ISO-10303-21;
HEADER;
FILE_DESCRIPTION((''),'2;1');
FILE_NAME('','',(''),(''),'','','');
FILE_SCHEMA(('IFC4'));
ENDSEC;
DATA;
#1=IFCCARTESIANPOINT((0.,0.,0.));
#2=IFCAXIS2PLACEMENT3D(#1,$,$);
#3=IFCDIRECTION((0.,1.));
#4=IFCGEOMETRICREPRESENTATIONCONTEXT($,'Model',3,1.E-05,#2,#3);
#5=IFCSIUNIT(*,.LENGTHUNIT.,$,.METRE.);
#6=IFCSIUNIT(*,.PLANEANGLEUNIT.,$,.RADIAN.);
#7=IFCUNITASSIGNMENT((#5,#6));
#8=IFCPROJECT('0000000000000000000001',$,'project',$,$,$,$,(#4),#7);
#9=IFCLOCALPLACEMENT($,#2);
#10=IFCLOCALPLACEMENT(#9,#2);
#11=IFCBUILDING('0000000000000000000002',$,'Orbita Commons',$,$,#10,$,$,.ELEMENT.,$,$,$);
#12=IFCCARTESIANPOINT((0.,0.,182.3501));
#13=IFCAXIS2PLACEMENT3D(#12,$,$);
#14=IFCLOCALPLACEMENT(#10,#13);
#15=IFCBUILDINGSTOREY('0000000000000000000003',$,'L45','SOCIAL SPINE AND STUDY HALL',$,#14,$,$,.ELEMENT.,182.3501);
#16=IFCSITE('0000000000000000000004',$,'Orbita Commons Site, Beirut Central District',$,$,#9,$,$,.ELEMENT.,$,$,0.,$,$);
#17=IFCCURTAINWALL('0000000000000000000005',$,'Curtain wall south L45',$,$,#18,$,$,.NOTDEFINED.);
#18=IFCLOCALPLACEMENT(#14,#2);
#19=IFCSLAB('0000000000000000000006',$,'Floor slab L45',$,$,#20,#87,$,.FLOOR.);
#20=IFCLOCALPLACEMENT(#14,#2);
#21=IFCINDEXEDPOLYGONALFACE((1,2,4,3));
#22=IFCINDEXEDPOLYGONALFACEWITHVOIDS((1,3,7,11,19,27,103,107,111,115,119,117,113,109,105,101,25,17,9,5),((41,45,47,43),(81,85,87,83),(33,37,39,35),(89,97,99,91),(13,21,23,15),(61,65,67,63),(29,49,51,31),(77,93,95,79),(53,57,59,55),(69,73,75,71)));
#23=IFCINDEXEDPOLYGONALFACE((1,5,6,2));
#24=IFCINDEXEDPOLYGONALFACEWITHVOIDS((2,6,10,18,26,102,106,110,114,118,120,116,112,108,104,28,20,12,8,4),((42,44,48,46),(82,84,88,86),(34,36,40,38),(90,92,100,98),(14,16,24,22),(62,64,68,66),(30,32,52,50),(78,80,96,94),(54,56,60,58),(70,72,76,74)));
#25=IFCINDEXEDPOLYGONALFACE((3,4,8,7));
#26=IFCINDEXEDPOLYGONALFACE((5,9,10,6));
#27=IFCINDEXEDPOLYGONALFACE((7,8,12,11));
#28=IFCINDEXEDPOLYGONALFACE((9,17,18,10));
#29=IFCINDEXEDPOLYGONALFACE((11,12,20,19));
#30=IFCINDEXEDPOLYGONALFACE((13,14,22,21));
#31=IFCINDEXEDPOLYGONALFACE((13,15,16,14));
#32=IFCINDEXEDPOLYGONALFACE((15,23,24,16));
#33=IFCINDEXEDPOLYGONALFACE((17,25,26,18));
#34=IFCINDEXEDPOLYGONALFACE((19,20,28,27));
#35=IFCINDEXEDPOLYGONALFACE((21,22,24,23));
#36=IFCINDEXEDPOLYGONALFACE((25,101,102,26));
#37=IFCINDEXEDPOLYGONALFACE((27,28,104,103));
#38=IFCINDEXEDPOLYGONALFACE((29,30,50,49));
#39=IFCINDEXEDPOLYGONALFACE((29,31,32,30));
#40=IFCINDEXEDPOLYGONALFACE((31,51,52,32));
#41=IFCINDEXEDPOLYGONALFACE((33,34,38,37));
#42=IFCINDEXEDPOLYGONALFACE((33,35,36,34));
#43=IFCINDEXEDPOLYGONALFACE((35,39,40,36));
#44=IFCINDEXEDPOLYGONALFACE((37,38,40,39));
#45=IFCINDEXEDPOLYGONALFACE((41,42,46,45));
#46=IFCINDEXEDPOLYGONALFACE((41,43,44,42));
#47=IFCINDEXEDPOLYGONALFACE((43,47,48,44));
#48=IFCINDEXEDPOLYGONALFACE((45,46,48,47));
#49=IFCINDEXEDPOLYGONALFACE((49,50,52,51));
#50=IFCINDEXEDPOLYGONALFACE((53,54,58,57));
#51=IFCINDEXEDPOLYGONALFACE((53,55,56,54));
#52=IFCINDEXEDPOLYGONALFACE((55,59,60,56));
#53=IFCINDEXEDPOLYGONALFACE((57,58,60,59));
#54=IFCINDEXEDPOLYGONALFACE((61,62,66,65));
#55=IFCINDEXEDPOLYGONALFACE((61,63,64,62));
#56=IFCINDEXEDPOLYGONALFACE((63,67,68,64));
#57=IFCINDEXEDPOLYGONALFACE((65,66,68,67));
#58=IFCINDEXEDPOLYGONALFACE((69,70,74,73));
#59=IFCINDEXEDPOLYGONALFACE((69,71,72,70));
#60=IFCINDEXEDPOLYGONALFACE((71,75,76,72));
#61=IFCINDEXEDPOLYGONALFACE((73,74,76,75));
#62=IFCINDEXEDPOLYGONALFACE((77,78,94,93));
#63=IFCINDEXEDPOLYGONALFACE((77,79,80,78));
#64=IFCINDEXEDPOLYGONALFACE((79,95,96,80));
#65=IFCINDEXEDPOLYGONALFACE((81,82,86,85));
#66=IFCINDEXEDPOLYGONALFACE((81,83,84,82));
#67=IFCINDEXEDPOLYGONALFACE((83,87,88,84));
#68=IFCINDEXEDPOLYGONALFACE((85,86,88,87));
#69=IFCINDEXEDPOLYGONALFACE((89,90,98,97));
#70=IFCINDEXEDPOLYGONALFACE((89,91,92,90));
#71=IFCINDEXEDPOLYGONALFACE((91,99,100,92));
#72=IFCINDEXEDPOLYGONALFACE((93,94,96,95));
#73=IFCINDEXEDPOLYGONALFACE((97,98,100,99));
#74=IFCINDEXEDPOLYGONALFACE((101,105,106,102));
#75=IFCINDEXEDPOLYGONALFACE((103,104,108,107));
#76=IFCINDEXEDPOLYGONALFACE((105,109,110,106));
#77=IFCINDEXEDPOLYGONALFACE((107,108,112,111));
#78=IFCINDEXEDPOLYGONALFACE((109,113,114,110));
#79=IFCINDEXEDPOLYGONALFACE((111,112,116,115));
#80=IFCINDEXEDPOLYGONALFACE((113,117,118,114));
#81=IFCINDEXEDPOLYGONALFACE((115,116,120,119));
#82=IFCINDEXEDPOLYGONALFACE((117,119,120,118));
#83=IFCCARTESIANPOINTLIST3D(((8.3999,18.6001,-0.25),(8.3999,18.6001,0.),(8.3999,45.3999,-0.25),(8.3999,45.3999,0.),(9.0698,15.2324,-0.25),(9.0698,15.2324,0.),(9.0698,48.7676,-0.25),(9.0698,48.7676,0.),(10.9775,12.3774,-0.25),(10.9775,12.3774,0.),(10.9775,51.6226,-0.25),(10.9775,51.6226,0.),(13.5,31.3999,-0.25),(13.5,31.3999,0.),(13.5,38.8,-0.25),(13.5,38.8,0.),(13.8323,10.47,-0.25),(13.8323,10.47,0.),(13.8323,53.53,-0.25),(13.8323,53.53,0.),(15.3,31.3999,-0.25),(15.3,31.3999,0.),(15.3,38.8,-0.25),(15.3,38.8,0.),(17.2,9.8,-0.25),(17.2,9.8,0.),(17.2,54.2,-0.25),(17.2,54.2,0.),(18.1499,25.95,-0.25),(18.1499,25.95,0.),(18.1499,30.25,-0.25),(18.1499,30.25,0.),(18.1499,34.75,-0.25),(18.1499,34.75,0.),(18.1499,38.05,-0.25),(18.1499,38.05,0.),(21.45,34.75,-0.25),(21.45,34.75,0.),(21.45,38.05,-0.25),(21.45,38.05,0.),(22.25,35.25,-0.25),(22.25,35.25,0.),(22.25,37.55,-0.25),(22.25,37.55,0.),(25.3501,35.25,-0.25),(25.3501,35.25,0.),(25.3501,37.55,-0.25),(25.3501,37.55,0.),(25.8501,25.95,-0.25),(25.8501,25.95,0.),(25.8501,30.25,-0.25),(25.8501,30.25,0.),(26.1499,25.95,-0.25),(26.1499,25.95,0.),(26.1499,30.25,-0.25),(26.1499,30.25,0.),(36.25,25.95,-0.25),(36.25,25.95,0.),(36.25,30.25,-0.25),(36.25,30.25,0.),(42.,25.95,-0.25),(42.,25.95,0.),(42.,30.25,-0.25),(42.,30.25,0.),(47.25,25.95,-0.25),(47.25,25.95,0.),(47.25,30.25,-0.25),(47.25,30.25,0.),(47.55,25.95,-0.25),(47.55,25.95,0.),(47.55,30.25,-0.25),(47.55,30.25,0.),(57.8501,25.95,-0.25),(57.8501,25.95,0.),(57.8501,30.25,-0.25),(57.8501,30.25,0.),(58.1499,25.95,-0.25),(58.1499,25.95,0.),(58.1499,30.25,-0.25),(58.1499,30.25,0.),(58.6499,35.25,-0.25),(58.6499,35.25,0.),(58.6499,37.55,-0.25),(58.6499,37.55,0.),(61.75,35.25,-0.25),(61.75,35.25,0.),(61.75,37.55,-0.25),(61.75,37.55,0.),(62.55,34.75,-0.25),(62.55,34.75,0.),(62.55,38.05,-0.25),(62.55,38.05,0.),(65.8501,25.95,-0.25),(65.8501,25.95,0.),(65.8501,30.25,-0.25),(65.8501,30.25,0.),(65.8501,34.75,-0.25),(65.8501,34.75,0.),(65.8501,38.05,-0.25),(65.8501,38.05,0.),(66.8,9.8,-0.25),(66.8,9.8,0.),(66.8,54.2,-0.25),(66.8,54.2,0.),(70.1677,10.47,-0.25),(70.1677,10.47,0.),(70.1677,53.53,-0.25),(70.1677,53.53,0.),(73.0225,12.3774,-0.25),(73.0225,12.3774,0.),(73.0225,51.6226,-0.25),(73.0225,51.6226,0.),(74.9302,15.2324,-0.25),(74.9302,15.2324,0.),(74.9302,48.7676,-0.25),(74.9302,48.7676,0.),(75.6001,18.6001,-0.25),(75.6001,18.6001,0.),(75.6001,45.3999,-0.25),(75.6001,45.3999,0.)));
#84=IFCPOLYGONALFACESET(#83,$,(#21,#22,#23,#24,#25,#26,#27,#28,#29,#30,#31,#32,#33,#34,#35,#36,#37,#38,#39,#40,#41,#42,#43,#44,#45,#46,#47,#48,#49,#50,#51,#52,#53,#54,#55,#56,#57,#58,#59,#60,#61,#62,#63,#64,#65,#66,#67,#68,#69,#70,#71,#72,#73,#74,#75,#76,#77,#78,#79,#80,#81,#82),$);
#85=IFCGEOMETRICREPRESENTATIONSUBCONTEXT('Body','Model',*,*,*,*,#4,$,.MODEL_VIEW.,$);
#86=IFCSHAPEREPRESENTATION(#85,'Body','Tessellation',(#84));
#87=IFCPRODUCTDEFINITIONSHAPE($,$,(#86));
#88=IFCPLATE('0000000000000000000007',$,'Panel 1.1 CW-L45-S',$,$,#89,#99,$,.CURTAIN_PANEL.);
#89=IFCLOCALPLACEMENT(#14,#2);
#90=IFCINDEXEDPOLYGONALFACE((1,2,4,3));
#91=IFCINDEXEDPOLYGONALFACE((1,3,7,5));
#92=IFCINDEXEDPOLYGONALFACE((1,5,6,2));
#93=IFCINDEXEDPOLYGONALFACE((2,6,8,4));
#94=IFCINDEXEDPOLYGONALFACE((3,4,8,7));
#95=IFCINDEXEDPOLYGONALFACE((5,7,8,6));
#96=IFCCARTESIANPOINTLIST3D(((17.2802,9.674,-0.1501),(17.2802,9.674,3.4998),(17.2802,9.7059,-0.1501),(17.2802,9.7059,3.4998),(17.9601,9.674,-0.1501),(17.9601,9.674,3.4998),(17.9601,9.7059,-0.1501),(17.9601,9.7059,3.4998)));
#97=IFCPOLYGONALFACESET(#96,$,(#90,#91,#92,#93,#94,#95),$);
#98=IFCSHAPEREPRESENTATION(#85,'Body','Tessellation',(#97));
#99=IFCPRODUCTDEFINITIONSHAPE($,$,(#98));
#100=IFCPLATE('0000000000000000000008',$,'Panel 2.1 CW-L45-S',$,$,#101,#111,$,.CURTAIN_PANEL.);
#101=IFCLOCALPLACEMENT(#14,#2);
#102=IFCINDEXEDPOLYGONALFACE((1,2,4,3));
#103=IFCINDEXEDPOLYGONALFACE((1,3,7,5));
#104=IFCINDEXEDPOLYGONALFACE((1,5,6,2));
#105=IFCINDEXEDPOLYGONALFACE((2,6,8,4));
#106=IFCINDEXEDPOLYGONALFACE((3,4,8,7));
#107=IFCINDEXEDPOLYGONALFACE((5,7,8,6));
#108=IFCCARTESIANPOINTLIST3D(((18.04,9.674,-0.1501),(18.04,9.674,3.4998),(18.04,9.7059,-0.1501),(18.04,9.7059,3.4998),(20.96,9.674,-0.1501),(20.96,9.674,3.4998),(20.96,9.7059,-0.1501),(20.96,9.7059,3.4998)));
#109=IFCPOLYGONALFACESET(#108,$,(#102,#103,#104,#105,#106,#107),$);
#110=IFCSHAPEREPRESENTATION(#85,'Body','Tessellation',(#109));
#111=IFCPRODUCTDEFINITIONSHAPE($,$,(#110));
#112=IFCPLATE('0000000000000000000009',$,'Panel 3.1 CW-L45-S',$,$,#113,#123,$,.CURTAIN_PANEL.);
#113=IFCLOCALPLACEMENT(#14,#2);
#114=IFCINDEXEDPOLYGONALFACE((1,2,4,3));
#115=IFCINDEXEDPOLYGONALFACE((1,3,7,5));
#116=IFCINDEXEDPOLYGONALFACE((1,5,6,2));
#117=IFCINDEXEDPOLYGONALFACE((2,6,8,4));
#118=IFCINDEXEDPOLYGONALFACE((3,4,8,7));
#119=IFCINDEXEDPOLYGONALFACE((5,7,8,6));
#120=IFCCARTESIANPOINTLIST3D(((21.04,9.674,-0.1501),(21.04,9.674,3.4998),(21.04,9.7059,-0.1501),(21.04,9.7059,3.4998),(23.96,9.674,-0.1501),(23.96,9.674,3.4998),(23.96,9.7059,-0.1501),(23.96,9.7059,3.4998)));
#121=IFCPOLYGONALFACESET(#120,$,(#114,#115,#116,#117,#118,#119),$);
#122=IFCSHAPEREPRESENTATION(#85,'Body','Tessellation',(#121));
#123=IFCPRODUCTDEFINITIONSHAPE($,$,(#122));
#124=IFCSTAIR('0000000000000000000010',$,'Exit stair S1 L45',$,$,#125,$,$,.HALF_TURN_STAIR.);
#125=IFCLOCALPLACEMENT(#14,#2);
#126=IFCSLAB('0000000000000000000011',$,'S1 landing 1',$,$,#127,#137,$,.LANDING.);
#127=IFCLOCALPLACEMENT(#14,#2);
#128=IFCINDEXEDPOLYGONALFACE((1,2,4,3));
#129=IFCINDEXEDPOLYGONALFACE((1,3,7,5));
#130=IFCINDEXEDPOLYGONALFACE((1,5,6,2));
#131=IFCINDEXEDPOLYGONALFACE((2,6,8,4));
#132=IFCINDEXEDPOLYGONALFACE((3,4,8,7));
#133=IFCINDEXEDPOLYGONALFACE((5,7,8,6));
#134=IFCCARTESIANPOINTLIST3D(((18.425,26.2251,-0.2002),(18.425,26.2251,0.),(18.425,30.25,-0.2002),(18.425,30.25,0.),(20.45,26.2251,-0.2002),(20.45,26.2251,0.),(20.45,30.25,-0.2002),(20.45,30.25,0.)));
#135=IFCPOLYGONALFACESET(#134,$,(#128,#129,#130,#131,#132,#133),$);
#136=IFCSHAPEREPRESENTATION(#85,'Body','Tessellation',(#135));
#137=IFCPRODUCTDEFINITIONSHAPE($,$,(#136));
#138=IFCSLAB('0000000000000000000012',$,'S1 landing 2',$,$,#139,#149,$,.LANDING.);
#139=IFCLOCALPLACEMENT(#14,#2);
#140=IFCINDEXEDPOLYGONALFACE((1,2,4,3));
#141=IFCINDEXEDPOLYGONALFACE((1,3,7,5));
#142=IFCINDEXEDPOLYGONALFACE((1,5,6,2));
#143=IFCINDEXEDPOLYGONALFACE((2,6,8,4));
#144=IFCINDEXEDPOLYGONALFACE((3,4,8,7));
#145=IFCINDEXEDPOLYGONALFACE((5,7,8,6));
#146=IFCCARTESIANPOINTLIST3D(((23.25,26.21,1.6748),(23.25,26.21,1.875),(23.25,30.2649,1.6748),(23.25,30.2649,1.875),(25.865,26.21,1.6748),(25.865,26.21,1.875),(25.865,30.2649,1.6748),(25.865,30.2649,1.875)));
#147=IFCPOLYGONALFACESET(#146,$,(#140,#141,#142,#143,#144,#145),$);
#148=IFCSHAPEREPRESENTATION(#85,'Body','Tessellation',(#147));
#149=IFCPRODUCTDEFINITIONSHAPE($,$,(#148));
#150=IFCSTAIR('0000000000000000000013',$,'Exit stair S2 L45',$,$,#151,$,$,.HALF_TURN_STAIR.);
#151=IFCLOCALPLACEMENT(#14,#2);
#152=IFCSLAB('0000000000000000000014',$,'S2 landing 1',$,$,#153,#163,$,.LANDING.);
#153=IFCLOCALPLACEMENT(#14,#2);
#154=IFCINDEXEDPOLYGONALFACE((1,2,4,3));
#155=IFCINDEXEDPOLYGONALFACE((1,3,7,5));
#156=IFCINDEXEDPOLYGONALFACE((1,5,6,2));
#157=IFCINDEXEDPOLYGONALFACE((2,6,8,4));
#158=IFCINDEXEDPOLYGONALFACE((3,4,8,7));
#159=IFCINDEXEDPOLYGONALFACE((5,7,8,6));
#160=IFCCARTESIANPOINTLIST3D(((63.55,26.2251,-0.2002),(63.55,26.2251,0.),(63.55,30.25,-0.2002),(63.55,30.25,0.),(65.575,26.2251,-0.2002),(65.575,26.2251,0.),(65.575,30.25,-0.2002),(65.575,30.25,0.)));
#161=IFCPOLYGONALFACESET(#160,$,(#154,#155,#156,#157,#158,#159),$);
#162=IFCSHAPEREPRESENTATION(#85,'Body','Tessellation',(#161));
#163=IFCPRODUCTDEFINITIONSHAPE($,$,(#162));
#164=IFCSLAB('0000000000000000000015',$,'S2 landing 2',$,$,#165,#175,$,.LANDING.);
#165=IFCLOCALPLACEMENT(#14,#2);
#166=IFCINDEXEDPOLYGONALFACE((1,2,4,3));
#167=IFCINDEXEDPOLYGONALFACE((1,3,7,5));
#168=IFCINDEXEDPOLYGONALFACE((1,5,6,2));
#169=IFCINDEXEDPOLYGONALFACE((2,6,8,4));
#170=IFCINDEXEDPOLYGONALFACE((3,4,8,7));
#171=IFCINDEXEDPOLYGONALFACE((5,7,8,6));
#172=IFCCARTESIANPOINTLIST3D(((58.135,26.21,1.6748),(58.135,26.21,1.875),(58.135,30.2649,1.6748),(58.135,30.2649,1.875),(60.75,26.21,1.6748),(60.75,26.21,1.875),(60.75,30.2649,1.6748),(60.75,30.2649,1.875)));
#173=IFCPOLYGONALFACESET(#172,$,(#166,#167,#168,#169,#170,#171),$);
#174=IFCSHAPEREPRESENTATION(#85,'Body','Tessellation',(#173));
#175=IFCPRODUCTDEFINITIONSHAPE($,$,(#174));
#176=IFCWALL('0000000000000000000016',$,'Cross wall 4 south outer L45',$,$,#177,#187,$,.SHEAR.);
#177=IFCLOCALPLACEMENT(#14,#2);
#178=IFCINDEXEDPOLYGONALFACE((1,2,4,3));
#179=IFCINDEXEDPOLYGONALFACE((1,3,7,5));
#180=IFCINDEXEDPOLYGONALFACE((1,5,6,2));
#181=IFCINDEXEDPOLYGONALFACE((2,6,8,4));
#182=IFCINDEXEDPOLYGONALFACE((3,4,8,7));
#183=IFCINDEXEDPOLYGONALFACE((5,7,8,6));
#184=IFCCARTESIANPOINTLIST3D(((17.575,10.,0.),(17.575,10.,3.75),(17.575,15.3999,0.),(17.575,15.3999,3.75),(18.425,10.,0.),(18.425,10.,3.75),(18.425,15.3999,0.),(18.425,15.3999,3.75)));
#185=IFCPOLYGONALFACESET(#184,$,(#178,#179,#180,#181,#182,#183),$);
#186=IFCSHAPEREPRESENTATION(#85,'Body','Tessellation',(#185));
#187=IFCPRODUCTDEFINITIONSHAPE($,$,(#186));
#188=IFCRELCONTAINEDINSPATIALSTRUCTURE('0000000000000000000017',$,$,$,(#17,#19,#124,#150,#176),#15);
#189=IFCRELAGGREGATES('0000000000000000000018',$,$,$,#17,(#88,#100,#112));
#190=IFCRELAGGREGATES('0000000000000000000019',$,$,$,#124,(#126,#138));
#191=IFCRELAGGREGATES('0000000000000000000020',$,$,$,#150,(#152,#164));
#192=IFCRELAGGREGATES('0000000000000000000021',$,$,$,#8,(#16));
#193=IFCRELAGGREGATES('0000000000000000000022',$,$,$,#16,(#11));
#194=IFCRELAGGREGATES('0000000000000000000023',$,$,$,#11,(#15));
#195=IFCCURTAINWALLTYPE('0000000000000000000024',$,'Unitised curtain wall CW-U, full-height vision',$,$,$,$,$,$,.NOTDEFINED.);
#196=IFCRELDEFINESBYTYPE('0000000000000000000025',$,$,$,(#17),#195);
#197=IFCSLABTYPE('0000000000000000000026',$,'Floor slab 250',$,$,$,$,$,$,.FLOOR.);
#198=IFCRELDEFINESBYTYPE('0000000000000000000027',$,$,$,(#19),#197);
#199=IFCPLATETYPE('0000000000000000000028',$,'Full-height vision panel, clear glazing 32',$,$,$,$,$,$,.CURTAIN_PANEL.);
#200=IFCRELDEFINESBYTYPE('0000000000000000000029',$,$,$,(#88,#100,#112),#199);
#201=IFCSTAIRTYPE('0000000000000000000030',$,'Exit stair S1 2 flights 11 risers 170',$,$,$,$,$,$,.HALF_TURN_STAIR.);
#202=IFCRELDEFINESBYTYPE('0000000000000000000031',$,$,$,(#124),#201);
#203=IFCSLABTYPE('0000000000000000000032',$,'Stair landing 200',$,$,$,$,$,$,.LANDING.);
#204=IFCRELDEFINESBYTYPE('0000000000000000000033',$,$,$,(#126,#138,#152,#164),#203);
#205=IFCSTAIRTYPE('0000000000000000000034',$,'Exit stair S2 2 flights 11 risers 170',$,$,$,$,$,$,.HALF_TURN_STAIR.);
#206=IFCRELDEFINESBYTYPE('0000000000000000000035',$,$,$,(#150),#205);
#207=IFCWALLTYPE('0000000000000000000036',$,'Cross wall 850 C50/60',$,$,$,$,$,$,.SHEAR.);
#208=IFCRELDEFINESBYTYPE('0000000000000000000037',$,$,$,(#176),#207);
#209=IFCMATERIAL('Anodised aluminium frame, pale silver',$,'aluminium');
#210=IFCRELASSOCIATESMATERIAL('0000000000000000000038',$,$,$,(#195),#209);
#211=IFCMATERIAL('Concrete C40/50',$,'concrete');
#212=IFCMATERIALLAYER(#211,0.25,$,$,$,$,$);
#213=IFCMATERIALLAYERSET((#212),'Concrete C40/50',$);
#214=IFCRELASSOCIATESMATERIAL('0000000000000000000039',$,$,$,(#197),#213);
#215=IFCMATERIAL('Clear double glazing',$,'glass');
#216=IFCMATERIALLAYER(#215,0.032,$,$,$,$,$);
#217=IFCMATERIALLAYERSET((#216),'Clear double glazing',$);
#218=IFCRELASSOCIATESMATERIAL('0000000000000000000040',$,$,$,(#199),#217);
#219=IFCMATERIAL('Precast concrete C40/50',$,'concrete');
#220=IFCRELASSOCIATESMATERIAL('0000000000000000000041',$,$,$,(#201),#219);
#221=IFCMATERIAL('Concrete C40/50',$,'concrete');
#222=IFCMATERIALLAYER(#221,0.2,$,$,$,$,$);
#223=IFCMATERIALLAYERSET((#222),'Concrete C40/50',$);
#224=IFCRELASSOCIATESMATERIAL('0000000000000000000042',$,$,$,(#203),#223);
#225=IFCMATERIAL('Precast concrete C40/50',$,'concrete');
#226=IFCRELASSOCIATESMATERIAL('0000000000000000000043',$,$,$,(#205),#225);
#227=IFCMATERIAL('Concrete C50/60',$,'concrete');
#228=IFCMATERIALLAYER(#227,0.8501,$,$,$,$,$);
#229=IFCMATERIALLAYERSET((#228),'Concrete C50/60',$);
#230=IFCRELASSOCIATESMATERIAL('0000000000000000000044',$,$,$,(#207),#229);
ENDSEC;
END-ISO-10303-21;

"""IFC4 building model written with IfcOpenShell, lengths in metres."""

from ifc_helpers import new_model, si_unit, direction, frame, frame_2d, origin, origin_2d, place, context, subcontext, project, spatial, polyline, rectangle, outline, extrude, material, layer, layer_set, type_object, element, aggregate, save


model = new_model("IFC4")

# Units and contexts
model_context = context("Model", 3, precision=1e-05, world=origin(), true_north=direction((0.0, 1.0)))
body_context = subcontext(model_context, "Body", "Model", "MODEL_VIEW")
ifc_project = project(units=[si_unit("LENGTHUNIT", "METRE"), si_unit("PLANEANGLEUNIT", "RADIAN")], contexts=[model_context])

# Site, building, storey
site_placement = place(None, origin())
site = spatial("IfcSite", under=ifc_project, at=site_placement, Name="Orbita Commons Site, Beirut Central District", CompositionType="ELEMENT", RefElevation=0.0)
building_placement = place(site_placement, origin())
building = spatial("IfcBuilding", under=site, at=building_placement, Name="Orbita Commons", CompositionType="ELEMENT")
storey_placement = place(building_placement, frame((0.0, 0.0, 182.3501)))
storey = spatial("IfcBuildingStorey", under=building, at=storey_placement, Name="L45", Description="SOCIAL SPINE AND STUDY HALL", CompositionType="ELEMENT", Elevation=182.3501)

# Curtain wall
ifc_material_1 = material(Name="Anodised aluminium frame, pale silver", Category="aluminium")
curtain_wall_type = type_object("IfcCurtainWallType", Name="Unitised curtain wall CW-U, full-height vision", PredefinedType="NOTDEFINED", material=ifc_material_1)
curtain_wall_placement = place(storey_placement, origin())
curtain_wall = element("IfcCurtainWall", 1, at=curtain_wall_placement, inside=storey, type_object=curtain_wall_type, Name="Curtain wall south L45", PredefinedType="NOTDEFINED")

# Slab
ifc_material_2 = material(Name="Concrete C40/50", Category="concrete")
ifc_layer_1 = layer(ifc_material_2, 0.25)
ifc_layer_set_1 = layer_set([ifc_layer_1], Name="Concrete C40/50")
slab_type_1 = type_object("IfcSlabType", Name="Floor slab 250", PredefinedType="FLOOR", material=ifc_layer_set_1)
slab_1_placement = place(storey_placement, frame((0.0, 0.0, -0.25)))
element("IfcSlab", 2, at=slab_1_placement, inside=storey, type_object=slab_type_1, Name="Floor slab L45", PredefinedType="FLOOR", context=body_context, shape_type="SweptSolid", body=[
    extrude(outline(polyline([(66.8, 9.8), (70.1677, 10.47), (73.0225, 12.3774), (74.9302, 15.2324), (75.6001, 18.6001), (75.6001, 45.3999), (74.9302, 48.7676), (73.0225, 51.6226), (70.1677, 53.53), (66.8, 54.2), (17.2, 54.2), (13.8323, 53.53), (10.9775, 51.6226), (9.0698, 48.7676), (8.3999, 45.3999), (8.3999, 18.6001), (9.0698, 15.2324), (10.9775, 12.3774), (13.8323, 10.47), (17.2, 9.8), (66.8, 9.8)]), holes=[polyline([(18.1499, 25.95), (25.8501, 25.95), (25.8501, 30.25), (18.1499, 30.25), (18.1499, 25.95)]), polyline([(58.1499, 25.95), (65.8501, 25.95), (65.8501, 30.25), (58.1499, 30.25), (58.1499, 25.95)]), polyline([(18.1499, 34.75), (21.45, 34.75), (21.45, 38.05), (18.1499, 38.05), (18.1499, 34.75)]), polyline([(62.55, 34.75), (65.8501, 34.75), (65.8501, 38.05), (62.55, 38.05), (62.55, 34.75)]), polyline([(22.25, 35.25), (25.3501, 35.25), (25.3501, 37.55), (22.25, 37.55), (22.25, 35.25)]), polyline([(58.6499, 35.25), (61.75, 35.25), (61.75, 37.55), (58.6499, 37.55), (58.6499, 35.25)]), polyline([(26.1499, 25.95), (36.25, 25.95), (36.25, 30.25), (26.1499, 30.25), (26.1499, 25.95)]), polyline([(42.0, 25.95), (47.25, 25.95), (47.25, 30.25), (42.0, 30.25), (42.0, 25.95)]), polyline([(47.55, 25.95), (57.8501, 25.95), (57.8501, 30.25), (47.55, 30.25), (47.55, 25.95)]), polyline([(13.5, 31.3999), (15.3, 31.3999), (15.3, 38.8), (13.5, 38.8), (13.5, 31.3999)])]), origin(), (0.0, 0.0, 1.0), 0.25),
])

# Plates
ifc_material_3 = material(Name="Clear double glazing", Category="glass")
ifc_layer_2 = layer(ifc_material_3, 0.032)
ifc_layer_set_2 = layer_set([ifc_layer_2], Name="Clear double glazing")
plate_type = type_object("IfcPlateType", Name="Full-height vision panel, clear glazing 32", PredefinedType="CURTAIN_PANEL", material=ifc_layer_set_2)
plate_1_placement = place(storey_placement, frame((17.6201, 9.6899, -0.1501), z_axis=(0.0, 0.0, 1.0), x_axis=(1.0, 0.0, 0.0)))
plate_1 = element("IfcPlate", 3, at=plate_1_placement, type_object=plate_type, Name="Panel 1.1 CW-L45-S", PredefinedType="CURTAIN_PANEL", context=body_context, shape_type="SweptSolid", body=[
    extrude(rectangle(XDim=0.6799, YDim=0.032, at=origin_2d()), origin(), (0.0, 0.0, 1.0), 3.6499),
])
plate_2_placement = place(storey_placement, frame((19.5, 9.6899, -0.1501), z_axis=(0.0, 0.0, 1.0), x_axis=(1.0, 0.0, 0.0)))
plate_2 = element("IfcPlate", 4, at=plate_2_placement, type_object=plate_type, Name="Panel 2.1 CW-L45-S", PredefinedType="CURTAIN_PANEL", context=body_context, shape_type="SweptSolid", body=[
    extrude(rectangle(XDim=2.9199, YDim=0.032, at=origin_2d()), origin(), (0.0, 0.0, 1.0), 3.6499),
])
plate_3_placement = place(storey_placement, frame((22.5, 9.6899, -0.1501), z_axis=(0.0, 0.0, 1.0), x_axis=(1.0, 0.0, 0.0)))
plate_3 = element("IfcPlate", 5, at=plate_3_placement, type_object=plate_type, Name="Panel 3.1 CW-L45-S", PredefinedType="CURTAIN_PANEL", context=body_context, shape_type="SweptSolid", body=[
    extrude(rectangle(XDim=2.9199, YDim=0.032, at=origin_2d()), origin(), (0.0, 0.0, 1.0), 3.6499),
])
aggregate(curtain_wall, [plate_1, plate_2, plate_3])

# Stairs, slabs
ifc_material_4 = material(Name="Precast concrete C40/50", Category="concrete")
stair_type_1 = type_object("IfcStairType", Name="Exit stair S1 2 flights 11 risers 170", PredefinedType="HALF_TURN_STAIR", material=ifc_material_4)
stair_1_placement = place(storey_placement, origin())
stair_1 = element("IfcStair", 6, at=stair_1_placement, inside=storey, type_object=stair_type_1, Name="Exit stair S1 L45", PredefinedType="HALF_TURN_STAIR")
ifc_material_5 = material(Name="Concrete C40/50", Category="concrete")
ifc_layer_3 = layer(ifc_material_5, 0.2)
ifc_layer_set_3 = layer_set([ifc_layer_3], Name="Concrete C40/50")
slab_type_2 = type_object("IfcSlabType", Name="Stair landing 200", PredefinedType="LANDING", material=ifc_layer_set_3)
slab_2_placement = place(storey_placement, frame((0.0, 0.0, -0.2002)))
slab_2 = element("IfcSlab", 7, at=slab_2_placement, type_object=slab_type_2, Name="S1 landing 1", PredefinedType="LANDING", context=body_context, shape_type="SweptSolid", body=[
    extrude(outline(polyline([(18.425, 26.2251), (20.45, 26.2251), (20.45, 30.25), (18.425, 30.25), (18.425, 26.2251)])), origin(), (0.0, 0.0, 1.0), 0.2002),
])
slab_3_placement = place(storey_placement, frame((0.0, 0.0, 1.6748)))
slab_3 = element("IfcSlab", 8, at=slab_3_placement, type_object=slab_type_2, Name="S1 landing 2", PredefinedType="LANDING", context=body_context, shape_type="SweptSolid", body=[
    extrude(outline(polyline([(23.25, 26.21), (25.865, 26.21), (25.865, 30.2649), (23.25, 30.2649), (23.25, 26.21)])), origin(), (0.0, 0.0, 1.0), 0.2002),
])
aggregate(stair_1, [slab_2, slab_3])
ifc_material_6 = material(Name="Precast concrete C40/50", Category="concrete")
stair_type_2 = type_object("IfcStairType", Name="Exit stair S2 2 flights 11 risers 170", PredefinedType="HALF_TURN_STAIR", material=ifc_material_6)
stair_2_placement = place(storey_placement, origin())
stair_2 = element("IfcStair", 9, at=stair_2_placement, inside=storey, type_object=stair_type_2, Name="Exit stair S2 L45", PredefinedType="HALF_TURN_STAIR")
slab_4_placement = place(storey_placement, frame((0.0, 0.0, -0.2002)))
slab_4 = element("IfcSlab", 10, at=slab_4_placement, type_object=slab_type_2, Name="S2 landing 1", PredefinedType="LANDING", context=body_context, shape_type="SweptSolid", body=[
    extrude(outline(polyline([(63.55, 26.2251), (65.575, 26.2251), (65.575, 30.25), (63.55, 30.25), (63.55, 26.2251)])), origin(), (0.0, 0.0, 1.0), 0.2002),
])
slab_5_placement = place(storey_placement, frame((0.0, 0.0, 1.6748)))
slab_5 = element("IfcSlab", 11, at=slab_5_placement, type_object=slab_type_2, Name="S2 landing 2", PredefinedType="LANDING", context=body_context, shape_type="SweptSolid", body=[
    extrude(outline(polyline([(58.135, 26.21), (60.75, 26.21), (60.75, 30.2649), (58.135, 30.2649), (58.135, 26.21)])), origin(), (0.0, 0.0, 1.0), 0.2002),
])
aggregate(stair_2, [slab_4, slab_5])

# Wall
ifc_material_7 = material(Name="Concrete C50/60", Category="concrete")
ifc_layer_4 = layer(ifc_material_7, 0.8501)
ifc_layer_set_4 = layer_set([ifc_layer_4], Name="Concrete C50/60")
wall_type_1 = type_object("IfcWallType", Name="Cross wall 850 C50/60", PredefinedType="SHEAR", material=ifc_layer_set_4)
for number, where, z_axis, x_axis, name in (
    (12, (18.0, 10.0, 0.0), (0.0, 0.0, 1.0), (0.0, 1.0, 0.0), "Cross wall 4 south outer L45"),
):
    element("IfcWall", number, at=place(storey_placement, frame(where, z_axis=z_axis, x_axis=x_axis)), inside=storey, type_object=wall_type_1, Name=name, PredefinedType="SHEAR", context=body_context, shape_type="SweptSolid", body=[
        extrude(rectangle(XDim=5.3999, YDim=0.8501, at=frame_2d((2.7, 0.0))), origin(), (0.0, 0.0, 1.0), 3.75),
    ])

save(model, "model.ifc")
